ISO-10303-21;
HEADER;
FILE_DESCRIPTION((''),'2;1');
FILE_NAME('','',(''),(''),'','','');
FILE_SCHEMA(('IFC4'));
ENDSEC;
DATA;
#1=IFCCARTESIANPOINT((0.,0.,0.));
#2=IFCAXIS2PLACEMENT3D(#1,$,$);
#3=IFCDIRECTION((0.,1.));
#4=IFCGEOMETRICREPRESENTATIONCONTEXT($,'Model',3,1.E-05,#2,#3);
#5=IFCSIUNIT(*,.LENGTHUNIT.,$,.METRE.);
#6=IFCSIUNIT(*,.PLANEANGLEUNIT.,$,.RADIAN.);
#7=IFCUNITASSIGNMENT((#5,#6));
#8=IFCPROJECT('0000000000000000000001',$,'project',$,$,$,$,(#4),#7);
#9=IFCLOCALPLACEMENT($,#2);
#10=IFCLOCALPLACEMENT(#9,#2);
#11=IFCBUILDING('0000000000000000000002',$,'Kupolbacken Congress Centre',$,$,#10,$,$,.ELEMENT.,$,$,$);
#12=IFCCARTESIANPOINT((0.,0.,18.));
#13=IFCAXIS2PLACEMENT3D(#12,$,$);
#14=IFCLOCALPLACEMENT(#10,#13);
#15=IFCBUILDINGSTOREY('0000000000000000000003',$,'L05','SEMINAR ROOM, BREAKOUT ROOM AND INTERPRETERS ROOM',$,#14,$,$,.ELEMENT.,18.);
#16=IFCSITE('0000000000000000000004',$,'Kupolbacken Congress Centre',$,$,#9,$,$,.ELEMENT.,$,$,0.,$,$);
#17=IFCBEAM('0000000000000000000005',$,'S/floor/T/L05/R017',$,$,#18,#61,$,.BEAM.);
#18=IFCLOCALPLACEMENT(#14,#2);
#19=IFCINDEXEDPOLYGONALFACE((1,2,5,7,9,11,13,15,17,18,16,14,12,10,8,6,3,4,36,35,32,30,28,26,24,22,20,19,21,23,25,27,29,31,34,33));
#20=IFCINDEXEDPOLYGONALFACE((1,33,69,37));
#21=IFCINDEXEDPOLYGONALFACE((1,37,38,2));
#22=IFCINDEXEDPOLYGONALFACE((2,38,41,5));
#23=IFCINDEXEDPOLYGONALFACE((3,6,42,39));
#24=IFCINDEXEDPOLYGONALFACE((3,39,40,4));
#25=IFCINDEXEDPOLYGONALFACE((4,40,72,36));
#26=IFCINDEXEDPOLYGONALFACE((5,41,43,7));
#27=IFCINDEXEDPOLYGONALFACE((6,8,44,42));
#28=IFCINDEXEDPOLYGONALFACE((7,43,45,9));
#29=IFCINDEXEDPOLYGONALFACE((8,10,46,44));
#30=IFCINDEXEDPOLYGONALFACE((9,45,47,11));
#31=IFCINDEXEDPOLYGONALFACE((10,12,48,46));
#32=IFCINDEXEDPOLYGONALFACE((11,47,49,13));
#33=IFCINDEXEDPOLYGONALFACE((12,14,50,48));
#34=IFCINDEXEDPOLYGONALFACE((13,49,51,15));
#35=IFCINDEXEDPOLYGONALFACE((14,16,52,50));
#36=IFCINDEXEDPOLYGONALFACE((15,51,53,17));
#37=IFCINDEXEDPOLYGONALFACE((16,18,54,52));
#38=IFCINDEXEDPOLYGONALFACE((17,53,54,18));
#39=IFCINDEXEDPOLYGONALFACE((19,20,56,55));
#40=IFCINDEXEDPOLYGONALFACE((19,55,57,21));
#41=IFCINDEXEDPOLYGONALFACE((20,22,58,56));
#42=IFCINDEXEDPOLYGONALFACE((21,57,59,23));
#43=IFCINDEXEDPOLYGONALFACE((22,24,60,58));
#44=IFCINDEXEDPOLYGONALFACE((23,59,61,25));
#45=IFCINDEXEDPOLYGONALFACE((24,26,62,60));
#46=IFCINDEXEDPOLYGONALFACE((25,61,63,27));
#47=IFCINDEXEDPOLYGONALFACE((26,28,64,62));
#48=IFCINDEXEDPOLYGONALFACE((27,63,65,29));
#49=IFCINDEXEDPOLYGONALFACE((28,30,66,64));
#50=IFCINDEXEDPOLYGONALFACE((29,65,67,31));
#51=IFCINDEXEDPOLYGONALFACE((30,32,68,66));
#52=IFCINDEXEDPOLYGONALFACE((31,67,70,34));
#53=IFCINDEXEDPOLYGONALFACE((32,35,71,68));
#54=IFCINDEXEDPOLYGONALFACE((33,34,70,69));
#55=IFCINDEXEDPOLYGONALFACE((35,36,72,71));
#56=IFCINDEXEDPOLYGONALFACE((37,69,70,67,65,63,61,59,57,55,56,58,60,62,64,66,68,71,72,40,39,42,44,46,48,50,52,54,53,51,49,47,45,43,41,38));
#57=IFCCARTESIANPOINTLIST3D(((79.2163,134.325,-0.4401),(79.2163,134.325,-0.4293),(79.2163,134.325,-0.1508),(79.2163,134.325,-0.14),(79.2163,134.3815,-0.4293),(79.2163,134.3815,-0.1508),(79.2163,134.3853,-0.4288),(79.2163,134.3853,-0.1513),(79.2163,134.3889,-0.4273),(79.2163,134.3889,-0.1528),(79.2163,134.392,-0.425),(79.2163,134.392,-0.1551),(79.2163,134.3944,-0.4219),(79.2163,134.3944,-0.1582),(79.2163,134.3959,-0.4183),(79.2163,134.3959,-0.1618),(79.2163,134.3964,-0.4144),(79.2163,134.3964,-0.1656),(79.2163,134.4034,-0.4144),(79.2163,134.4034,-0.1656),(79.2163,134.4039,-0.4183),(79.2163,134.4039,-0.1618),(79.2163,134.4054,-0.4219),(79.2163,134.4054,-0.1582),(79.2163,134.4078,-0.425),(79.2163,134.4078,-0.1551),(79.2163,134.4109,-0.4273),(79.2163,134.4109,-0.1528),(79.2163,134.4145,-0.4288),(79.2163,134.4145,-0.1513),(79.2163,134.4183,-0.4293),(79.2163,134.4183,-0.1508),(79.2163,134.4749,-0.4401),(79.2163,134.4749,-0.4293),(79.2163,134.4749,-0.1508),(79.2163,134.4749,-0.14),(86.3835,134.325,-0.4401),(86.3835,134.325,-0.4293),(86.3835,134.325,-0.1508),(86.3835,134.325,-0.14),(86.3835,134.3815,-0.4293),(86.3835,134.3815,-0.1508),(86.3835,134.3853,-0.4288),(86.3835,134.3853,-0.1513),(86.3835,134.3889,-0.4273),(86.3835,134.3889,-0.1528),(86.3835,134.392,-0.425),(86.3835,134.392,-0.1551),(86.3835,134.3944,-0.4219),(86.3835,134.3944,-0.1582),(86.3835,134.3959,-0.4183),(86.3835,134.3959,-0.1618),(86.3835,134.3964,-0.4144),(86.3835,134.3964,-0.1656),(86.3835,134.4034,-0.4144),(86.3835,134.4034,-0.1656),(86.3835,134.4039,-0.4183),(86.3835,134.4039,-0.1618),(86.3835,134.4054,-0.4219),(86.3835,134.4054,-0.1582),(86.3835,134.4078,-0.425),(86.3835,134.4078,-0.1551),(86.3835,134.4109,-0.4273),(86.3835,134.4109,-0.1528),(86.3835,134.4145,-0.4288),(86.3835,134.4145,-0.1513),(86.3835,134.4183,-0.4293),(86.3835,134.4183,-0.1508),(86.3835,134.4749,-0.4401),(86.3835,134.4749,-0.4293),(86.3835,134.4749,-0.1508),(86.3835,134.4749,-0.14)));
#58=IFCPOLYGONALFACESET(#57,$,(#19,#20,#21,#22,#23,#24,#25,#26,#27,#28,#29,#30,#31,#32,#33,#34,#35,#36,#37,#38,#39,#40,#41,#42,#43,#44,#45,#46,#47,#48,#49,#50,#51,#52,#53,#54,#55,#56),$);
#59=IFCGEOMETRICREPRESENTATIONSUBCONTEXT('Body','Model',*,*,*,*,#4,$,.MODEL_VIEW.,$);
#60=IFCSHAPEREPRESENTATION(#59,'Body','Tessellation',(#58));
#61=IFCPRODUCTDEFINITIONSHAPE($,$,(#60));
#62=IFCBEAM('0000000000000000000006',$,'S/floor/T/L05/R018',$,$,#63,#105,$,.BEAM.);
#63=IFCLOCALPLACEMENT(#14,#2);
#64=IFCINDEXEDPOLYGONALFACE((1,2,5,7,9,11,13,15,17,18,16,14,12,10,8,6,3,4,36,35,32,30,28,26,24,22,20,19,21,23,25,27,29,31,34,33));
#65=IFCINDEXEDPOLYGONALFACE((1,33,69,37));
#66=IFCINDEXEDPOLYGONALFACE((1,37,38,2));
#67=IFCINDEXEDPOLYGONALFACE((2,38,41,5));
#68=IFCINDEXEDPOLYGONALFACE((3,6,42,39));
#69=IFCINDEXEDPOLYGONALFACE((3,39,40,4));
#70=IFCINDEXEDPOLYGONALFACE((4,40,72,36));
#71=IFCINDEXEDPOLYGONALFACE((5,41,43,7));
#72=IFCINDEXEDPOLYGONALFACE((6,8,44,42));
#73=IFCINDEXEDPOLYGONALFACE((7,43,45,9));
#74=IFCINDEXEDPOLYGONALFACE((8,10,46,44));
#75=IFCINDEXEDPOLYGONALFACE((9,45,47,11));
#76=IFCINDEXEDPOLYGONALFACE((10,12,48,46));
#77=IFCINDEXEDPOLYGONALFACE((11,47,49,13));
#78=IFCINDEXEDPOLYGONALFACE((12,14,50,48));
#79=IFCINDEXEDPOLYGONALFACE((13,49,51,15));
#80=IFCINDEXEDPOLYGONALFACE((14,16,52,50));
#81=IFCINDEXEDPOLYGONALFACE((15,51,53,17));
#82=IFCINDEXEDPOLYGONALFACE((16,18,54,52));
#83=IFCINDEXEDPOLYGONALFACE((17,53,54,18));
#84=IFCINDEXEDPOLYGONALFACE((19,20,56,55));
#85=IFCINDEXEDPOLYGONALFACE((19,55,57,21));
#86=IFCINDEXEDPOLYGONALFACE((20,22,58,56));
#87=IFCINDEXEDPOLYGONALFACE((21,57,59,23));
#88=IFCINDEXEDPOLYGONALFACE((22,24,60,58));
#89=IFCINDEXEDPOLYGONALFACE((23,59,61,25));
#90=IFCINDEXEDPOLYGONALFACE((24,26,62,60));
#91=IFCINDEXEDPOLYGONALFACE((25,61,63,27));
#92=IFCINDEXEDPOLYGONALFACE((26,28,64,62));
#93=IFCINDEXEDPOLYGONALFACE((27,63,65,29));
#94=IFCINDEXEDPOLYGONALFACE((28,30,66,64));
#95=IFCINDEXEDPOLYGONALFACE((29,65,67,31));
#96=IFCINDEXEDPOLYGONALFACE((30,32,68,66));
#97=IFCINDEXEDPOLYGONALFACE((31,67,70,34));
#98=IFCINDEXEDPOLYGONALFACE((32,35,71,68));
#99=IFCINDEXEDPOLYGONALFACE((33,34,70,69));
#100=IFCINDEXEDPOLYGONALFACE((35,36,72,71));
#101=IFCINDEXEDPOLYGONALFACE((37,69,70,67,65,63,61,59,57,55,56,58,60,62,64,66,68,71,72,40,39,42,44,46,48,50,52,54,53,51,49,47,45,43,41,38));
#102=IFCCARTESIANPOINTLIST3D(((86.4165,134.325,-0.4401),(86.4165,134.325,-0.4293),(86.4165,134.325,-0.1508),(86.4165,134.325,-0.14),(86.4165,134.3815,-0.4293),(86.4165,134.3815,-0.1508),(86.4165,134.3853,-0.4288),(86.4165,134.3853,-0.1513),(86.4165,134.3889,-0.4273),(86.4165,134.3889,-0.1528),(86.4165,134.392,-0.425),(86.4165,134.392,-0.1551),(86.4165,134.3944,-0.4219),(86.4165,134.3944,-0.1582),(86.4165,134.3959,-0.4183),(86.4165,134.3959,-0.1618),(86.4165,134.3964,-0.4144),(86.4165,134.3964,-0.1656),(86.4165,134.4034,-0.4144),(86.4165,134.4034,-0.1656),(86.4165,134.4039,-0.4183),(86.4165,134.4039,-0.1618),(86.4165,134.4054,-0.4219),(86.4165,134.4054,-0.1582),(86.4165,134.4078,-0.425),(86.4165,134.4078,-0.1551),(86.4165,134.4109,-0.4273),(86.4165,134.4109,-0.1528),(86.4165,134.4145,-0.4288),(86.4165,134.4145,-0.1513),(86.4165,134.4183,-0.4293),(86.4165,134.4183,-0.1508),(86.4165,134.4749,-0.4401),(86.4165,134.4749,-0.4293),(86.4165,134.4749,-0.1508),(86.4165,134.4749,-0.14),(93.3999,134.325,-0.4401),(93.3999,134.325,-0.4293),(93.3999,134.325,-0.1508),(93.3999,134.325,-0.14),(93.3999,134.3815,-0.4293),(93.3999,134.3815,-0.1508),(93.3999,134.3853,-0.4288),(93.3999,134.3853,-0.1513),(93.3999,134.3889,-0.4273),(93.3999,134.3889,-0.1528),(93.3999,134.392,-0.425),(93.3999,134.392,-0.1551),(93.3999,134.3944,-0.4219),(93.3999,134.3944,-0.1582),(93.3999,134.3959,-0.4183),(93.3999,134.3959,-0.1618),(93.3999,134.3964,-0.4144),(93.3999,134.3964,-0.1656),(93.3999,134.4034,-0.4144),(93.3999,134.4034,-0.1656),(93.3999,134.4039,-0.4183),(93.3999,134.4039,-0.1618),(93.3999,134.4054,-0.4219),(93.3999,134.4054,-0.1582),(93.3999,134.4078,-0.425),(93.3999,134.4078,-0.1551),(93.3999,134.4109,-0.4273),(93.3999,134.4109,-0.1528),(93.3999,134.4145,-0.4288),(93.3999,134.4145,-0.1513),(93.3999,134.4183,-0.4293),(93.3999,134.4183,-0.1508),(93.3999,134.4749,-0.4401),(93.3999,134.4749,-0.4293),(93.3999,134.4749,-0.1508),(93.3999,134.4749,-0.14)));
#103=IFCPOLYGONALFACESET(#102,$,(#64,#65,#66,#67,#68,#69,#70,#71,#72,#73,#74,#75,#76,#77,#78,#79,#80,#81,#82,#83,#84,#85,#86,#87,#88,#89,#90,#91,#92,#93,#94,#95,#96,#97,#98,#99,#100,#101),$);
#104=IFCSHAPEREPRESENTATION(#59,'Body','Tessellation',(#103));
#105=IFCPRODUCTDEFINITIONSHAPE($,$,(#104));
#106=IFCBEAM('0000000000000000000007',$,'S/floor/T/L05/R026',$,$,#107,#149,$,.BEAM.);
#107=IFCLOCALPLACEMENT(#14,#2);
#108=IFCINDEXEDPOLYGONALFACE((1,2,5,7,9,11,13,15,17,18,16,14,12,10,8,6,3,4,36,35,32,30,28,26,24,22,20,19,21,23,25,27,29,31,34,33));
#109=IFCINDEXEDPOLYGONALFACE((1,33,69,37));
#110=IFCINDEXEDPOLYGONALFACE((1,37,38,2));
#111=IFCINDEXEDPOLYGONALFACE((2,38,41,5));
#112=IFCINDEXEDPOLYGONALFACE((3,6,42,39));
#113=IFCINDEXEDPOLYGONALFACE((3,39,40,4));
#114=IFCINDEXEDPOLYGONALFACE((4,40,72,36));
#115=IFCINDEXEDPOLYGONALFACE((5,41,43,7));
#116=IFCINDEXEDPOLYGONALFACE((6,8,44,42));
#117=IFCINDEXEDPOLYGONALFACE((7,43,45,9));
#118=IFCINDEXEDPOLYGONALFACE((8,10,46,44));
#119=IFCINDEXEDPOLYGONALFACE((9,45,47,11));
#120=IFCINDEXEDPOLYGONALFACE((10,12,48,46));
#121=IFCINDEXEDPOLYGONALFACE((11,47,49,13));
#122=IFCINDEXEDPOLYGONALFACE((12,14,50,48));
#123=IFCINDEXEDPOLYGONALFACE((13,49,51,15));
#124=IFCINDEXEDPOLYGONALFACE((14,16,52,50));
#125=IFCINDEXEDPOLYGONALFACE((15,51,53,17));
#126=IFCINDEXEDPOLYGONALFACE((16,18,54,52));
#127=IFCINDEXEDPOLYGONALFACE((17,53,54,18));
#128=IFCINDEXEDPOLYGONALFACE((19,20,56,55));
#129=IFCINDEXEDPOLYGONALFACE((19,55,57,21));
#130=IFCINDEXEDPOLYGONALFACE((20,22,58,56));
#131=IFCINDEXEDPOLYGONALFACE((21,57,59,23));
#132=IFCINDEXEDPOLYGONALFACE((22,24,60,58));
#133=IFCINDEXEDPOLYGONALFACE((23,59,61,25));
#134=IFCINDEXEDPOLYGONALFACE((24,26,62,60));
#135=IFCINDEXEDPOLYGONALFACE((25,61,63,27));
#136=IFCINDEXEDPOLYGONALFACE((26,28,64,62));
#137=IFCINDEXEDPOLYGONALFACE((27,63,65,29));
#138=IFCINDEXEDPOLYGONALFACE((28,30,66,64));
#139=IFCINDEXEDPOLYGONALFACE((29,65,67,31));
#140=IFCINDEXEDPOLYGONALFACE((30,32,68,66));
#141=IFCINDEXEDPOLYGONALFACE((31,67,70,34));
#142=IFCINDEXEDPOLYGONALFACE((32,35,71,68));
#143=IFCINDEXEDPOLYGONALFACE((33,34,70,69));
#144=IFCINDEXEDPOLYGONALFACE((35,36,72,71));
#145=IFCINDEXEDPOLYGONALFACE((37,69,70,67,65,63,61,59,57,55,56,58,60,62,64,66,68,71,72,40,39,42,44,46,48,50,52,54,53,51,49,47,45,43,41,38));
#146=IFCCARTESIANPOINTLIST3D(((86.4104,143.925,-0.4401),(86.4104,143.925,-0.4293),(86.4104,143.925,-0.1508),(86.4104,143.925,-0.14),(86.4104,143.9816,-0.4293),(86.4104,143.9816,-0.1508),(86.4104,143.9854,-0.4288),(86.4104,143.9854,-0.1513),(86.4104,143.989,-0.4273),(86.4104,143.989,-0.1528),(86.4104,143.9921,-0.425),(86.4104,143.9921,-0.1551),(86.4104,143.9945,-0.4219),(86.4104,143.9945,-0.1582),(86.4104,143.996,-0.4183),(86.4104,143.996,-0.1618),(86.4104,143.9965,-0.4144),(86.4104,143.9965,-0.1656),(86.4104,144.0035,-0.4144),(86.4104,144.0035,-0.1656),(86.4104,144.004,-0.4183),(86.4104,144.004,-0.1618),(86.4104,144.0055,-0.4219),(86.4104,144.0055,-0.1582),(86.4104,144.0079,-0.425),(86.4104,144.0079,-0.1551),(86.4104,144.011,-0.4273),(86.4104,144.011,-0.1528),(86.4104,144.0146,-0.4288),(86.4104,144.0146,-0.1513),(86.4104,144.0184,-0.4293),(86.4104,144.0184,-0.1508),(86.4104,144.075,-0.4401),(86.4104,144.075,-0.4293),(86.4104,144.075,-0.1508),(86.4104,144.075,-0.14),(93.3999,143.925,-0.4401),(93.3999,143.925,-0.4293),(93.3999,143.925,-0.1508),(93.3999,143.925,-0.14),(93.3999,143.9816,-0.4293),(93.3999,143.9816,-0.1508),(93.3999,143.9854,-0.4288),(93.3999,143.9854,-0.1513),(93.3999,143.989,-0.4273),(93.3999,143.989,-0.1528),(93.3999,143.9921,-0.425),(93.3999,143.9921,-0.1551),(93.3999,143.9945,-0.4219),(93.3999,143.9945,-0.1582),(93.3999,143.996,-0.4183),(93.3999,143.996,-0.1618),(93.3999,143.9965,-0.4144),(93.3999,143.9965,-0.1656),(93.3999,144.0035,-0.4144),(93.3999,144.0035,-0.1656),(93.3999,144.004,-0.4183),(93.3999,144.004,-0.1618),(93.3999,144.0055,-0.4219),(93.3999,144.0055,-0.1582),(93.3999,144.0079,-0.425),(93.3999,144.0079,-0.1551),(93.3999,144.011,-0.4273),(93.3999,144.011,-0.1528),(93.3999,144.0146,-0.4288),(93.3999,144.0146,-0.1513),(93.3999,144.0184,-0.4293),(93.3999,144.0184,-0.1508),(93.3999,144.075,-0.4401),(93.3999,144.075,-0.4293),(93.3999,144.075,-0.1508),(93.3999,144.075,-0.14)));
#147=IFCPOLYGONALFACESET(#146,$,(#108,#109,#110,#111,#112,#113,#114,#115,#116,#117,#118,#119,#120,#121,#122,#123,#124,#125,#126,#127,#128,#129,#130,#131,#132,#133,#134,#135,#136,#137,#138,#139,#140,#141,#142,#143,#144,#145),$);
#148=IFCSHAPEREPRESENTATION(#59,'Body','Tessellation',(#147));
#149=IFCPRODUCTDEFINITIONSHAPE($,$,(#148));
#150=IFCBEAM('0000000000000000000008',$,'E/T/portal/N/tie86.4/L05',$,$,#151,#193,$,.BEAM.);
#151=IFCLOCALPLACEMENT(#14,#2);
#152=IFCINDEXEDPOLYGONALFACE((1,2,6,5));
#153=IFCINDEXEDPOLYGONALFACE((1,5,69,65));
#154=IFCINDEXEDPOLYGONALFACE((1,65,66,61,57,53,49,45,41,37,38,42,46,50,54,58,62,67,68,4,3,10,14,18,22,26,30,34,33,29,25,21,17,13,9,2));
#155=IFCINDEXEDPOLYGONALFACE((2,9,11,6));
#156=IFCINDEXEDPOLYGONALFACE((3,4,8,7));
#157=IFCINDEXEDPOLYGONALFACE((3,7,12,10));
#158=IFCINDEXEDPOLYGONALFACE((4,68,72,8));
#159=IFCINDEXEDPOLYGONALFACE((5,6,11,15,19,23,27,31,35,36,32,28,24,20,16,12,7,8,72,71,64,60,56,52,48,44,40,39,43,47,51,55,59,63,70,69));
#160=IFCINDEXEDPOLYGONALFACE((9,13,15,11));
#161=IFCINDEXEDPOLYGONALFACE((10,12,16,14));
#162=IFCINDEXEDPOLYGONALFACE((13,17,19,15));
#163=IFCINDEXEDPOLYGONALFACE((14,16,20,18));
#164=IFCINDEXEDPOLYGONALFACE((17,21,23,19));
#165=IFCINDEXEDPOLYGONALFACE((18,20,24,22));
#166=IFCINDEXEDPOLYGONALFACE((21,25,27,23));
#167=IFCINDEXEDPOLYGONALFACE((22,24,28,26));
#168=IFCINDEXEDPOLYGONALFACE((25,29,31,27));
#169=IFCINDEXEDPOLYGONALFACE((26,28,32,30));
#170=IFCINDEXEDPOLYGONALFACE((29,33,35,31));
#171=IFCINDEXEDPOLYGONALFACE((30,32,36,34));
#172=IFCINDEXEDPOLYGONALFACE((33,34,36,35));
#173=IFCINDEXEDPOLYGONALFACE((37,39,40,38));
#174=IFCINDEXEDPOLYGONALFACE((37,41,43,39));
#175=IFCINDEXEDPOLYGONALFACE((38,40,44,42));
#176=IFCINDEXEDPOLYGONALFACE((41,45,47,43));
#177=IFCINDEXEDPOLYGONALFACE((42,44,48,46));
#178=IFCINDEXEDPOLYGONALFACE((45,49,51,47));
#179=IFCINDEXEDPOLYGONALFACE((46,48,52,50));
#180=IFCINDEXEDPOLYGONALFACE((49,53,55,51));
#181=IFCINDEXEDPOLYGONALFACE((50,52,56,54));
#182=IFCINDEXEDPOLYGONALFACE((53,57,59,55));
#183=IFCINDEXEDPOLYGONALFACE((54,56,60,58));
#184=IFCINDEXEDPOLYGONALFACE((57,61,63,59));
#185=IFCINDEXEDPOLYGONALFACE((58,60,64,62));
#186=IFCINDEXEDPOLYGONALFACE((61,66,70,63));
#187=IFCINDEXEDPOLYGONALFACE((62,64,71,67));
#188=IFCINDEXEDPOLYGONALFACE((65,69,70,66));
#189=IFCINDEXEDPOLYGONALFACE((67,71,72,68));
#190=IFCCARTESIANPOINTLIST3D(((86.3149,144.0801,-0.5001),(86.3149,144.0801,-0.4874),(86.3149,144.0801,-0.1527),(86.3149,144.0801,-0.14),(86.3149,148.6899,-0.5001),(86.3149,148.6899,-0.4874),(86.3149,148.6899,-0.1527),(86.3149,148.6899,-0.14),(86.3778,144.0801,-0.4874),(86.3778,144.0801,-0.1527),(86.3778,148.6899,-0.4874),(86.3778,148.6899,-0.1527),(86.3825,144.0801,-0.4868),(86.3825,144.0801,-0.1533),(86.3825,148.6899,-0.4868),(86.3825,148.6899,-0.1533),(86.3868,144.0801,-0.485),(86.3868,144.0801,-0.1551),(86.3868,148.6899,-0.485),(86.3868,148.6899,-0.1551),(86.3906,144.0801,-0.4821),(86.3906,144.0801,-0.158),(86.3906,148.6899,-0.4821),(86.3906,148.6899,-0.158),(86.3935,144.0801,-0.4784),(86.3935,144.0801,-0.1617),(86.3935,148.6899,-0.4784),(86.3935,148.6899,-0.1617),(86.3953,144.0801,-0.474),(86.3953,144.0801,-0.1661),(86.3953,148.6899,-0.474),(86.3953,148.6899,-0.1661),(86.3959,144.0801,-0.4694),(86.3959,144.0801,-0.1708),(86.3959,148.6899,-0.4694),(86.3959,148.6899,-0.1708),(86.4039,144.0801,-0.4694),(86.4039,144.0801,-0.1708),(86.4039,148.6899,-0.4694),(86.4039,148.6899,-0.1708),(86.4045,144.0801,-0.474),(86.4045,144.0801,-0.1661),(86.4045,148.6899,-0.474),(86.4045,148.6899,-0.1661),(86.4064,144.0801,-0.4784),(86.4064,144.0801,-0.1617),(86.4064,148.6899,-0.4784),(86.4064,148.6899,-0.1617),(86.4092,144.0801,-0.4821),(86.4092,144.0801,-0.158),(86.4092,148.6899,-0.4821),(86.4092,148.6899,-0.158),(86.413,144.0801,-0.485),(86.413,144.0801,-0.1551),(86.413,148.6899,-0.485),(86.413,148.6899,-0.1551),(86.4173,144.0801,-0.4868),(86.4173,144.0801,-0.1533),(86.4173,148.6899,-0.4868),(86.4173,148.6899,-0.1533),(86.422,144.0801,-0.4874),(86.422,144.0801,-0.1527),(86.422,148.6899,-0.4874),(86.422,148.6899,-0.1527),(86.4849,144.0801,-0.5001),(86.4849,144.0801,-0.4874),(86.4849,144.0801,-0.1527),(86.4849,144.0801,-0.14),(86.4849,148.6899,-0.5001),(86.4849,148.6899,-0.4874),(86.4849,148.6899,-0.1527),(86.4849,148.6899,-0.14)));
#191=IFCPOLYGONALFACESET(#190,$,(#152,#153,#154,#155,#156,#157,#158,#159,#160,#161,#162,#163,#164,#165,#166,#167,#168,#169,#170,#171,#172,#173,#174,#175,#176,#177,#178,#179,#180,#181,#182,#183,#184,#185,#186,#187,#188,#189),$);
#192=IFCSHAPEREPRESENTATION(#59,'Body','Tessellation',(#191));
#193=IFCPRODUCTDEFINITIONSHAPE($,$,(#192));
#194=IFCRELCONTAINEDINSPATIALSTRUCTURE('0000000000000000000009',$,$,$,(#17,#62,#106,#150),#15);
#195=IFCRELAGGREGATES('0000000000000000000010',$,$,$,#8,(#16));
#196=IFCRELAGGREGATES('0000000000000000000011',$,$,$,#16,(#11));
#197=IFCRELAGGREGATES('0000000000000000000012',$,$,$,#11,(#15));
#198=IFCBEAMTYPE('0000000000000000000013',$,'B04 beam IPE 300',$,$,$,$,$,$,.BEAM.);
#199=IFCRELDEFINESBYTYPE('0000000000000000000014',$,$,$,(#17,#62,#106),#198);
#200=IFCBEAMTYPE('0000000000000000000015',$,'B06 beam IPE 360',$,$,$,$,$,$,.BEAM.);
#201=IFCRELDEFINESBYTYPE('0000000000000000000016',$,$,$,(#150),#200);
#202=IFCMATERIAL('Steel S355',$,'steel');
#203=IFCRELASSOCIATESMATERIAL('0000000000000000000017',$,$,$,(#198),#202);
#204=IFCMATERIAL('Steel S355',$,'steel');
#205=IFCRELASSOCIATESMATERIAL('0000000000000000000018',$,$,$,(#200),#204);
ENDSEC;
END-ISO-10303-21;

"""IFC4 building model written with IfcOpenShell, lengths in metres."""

from ifc_helpers import new_model, si_unit, direction, frame, origin, origin_2d, place, context, subcontext, project, spatial, i_section, extrude, material, material_profile, profile_set, type_object, element, save


model = new_model("IFC4")

# Units and contexts
model_context = context("Model", 3, precision=1e-05, world=origin(), true_north=direction((0.0, 1.0)))
body_context = subcontext(model_context, "Body", "Model", "MODEL_VIEW")
ifc_project = project(units=[si_unit("LENGTHUNIT", "METRE"), si_unit("PLANEANGLEUNIT", "RADIAN")], contexts=[model_context])

# Site, building, storey
site_placement = place(None, origin())
site = spatial("IfcSite", under=ifc_project, at=site_placement, Name="Kupolbacken Congress Centre", CompositionType="ELEMENT", RefElevation=0.0)
building_placement = place(site_placement, origin())
building = spatial("IfcBuilding", under=site, at=building_placement, Name="Kupolbacken Congress Centre", CompositionType="ELEMENT")
storey_placement = place(building_placement, frame((0.0, 0.0, 18.0)))
storey = spatial("IfcBuildingStorey", under=building, at=storey_placement, Name="L05", Description="SEMINAR ROOM, BREAKOUT ROOM AND INTERPRETERS ROOM", CompositionType="ELEMENT", Elevation=18.0)

# Beams
ifc_material_1 = material(Name="Steel S355", Category="steel")
ifc_material_profile_1 = material_profile(ifc_material_1, i_section(OverallWidth=0.1499, OverallDepth=0.3, WebThickness=0.0071, FlangeThickness=0.0107, FilletRadius=0.0149, at=origin_2d()), Name="IPE 300")
ifc_profile_set_1 = profile_set([ifc_material_profile_1], Name="Steel S355")
beam_type_1 = type_object("IfcBeamType", Name="B04 beam IPE 300", PredefinedType="BEAM", material=ifc_profile_set_1)
beam_1_placement = place(storey_placement, frame((79.2163, 134.3999, -0.29), z_axis=(1.0, 0.0, 0.0), x_axis=(0.0, 1.0, 0.0)))
element("IfcBeam", 1, at=beam_1_placement, inside=storey, type_object=beam_type_1, Name="S/floor/T/L05/R017", PredefinedType="BEAM", context=body_context, shape_type="SweptSolid", body=[
    extrude(i_section(OverallWidth=0.1499, OverallDepth=0.3, WebThickness=0.0071, FlangeThickness=0.0107, FilletRadius=0.0149, at=origin_2d()), origin(), (0.0, 0.0, 1.0), 7.1672),
])
beam_2_placement = place(storey_placement, frame((86.4165, 134.3999, -0.29), z_axis=(1.0, 0.0, 0.0), x_axis=(0.0, 1.0, 0.0)))
element("IfcBeam", 2, at=beam_2_placement, inside=storey, type_object=beam_type_1, Name="S/floor/T/L05/R018", PredefinedType="BEAM", context=body_context, shape_type="SweptSolid", body=[
    extrude(i_section(OverallWidth=0.1499, OverallDepth=0.3, WebThickness=0.0071, FlangeThickness=0.0107, FilletRadius=0.0149, at=origin_2d()), origin(), (0.0, 0.0, 1.0), 6.9834),
])
beam_3_placement = place(storey_placement, frame((86.4104, 144.0, -0.29), z_axis=(1.0, 0.0, 0.0), x_axis=(0.0, 1.0, 0.0)))
element("IfcBeam", 3, at=beam_3_placement, inside=storey, type_object=beam_type_1, Name="S/floor/T/L05/R026", PredefinedType="BEAM", context=body_context, shape_type="SweptSolid", body=[
    extrude(i_section(OverallWidth=0.1499, OverallDepth=0.3, WebThickness=0.0071, FlangeThickness=0.0107, FilletRadius=0.0149, at=origin_2d()), origin(), (0.0, 0.0, 1.0), 6.9895),
])
ifc_material_2 = material(Name="Steel S355", Category="steel")
ifc_material_profile_2 = material_profile(ifc_material_2, i_section(OverallWidth=0.1699, OverallDepth=0.3601, WebThickness=0.0081, FlangeThickness=0.0127, FilletRadius=0.0181, at=origin_2d()), Name="IPE 360")
ifc_profile_set_2 = profile_set([ifc_material_profile_2], Name="Steel S355")
beam_type_2 = type_object("IfcBeamType", Name="B06 beam IPE 360", PredefinedType="BEAM", material=ifc_profile_set_2)
beam_4_placement = place(storey_placement, frame((86.3999, 144.0801, -0.3201), z_axis=(0.0, 1.0, 0.0), x_axis=(-1.0, 0.0, 0.0)))
element("IfcBeam", 4, at=beam_4_placement, inside=storey, type_object=beam_type_2, Name="E/T/portal/N/tie86.4/L05", PredefinedType="BEAM", context=body_context, shape_type="SweptSolid", body=[
    extrude(i_section(OverallWidth=0.1699, OverallDepth=0.3601, WebThickness=0.0081, FlangeThickness=0.0127, FilletRadius=0.0181, at=origin_2d()), origin(), (0.0, 0.0, 1.0), 4.6099),
])

save(model, "model.ifc")
